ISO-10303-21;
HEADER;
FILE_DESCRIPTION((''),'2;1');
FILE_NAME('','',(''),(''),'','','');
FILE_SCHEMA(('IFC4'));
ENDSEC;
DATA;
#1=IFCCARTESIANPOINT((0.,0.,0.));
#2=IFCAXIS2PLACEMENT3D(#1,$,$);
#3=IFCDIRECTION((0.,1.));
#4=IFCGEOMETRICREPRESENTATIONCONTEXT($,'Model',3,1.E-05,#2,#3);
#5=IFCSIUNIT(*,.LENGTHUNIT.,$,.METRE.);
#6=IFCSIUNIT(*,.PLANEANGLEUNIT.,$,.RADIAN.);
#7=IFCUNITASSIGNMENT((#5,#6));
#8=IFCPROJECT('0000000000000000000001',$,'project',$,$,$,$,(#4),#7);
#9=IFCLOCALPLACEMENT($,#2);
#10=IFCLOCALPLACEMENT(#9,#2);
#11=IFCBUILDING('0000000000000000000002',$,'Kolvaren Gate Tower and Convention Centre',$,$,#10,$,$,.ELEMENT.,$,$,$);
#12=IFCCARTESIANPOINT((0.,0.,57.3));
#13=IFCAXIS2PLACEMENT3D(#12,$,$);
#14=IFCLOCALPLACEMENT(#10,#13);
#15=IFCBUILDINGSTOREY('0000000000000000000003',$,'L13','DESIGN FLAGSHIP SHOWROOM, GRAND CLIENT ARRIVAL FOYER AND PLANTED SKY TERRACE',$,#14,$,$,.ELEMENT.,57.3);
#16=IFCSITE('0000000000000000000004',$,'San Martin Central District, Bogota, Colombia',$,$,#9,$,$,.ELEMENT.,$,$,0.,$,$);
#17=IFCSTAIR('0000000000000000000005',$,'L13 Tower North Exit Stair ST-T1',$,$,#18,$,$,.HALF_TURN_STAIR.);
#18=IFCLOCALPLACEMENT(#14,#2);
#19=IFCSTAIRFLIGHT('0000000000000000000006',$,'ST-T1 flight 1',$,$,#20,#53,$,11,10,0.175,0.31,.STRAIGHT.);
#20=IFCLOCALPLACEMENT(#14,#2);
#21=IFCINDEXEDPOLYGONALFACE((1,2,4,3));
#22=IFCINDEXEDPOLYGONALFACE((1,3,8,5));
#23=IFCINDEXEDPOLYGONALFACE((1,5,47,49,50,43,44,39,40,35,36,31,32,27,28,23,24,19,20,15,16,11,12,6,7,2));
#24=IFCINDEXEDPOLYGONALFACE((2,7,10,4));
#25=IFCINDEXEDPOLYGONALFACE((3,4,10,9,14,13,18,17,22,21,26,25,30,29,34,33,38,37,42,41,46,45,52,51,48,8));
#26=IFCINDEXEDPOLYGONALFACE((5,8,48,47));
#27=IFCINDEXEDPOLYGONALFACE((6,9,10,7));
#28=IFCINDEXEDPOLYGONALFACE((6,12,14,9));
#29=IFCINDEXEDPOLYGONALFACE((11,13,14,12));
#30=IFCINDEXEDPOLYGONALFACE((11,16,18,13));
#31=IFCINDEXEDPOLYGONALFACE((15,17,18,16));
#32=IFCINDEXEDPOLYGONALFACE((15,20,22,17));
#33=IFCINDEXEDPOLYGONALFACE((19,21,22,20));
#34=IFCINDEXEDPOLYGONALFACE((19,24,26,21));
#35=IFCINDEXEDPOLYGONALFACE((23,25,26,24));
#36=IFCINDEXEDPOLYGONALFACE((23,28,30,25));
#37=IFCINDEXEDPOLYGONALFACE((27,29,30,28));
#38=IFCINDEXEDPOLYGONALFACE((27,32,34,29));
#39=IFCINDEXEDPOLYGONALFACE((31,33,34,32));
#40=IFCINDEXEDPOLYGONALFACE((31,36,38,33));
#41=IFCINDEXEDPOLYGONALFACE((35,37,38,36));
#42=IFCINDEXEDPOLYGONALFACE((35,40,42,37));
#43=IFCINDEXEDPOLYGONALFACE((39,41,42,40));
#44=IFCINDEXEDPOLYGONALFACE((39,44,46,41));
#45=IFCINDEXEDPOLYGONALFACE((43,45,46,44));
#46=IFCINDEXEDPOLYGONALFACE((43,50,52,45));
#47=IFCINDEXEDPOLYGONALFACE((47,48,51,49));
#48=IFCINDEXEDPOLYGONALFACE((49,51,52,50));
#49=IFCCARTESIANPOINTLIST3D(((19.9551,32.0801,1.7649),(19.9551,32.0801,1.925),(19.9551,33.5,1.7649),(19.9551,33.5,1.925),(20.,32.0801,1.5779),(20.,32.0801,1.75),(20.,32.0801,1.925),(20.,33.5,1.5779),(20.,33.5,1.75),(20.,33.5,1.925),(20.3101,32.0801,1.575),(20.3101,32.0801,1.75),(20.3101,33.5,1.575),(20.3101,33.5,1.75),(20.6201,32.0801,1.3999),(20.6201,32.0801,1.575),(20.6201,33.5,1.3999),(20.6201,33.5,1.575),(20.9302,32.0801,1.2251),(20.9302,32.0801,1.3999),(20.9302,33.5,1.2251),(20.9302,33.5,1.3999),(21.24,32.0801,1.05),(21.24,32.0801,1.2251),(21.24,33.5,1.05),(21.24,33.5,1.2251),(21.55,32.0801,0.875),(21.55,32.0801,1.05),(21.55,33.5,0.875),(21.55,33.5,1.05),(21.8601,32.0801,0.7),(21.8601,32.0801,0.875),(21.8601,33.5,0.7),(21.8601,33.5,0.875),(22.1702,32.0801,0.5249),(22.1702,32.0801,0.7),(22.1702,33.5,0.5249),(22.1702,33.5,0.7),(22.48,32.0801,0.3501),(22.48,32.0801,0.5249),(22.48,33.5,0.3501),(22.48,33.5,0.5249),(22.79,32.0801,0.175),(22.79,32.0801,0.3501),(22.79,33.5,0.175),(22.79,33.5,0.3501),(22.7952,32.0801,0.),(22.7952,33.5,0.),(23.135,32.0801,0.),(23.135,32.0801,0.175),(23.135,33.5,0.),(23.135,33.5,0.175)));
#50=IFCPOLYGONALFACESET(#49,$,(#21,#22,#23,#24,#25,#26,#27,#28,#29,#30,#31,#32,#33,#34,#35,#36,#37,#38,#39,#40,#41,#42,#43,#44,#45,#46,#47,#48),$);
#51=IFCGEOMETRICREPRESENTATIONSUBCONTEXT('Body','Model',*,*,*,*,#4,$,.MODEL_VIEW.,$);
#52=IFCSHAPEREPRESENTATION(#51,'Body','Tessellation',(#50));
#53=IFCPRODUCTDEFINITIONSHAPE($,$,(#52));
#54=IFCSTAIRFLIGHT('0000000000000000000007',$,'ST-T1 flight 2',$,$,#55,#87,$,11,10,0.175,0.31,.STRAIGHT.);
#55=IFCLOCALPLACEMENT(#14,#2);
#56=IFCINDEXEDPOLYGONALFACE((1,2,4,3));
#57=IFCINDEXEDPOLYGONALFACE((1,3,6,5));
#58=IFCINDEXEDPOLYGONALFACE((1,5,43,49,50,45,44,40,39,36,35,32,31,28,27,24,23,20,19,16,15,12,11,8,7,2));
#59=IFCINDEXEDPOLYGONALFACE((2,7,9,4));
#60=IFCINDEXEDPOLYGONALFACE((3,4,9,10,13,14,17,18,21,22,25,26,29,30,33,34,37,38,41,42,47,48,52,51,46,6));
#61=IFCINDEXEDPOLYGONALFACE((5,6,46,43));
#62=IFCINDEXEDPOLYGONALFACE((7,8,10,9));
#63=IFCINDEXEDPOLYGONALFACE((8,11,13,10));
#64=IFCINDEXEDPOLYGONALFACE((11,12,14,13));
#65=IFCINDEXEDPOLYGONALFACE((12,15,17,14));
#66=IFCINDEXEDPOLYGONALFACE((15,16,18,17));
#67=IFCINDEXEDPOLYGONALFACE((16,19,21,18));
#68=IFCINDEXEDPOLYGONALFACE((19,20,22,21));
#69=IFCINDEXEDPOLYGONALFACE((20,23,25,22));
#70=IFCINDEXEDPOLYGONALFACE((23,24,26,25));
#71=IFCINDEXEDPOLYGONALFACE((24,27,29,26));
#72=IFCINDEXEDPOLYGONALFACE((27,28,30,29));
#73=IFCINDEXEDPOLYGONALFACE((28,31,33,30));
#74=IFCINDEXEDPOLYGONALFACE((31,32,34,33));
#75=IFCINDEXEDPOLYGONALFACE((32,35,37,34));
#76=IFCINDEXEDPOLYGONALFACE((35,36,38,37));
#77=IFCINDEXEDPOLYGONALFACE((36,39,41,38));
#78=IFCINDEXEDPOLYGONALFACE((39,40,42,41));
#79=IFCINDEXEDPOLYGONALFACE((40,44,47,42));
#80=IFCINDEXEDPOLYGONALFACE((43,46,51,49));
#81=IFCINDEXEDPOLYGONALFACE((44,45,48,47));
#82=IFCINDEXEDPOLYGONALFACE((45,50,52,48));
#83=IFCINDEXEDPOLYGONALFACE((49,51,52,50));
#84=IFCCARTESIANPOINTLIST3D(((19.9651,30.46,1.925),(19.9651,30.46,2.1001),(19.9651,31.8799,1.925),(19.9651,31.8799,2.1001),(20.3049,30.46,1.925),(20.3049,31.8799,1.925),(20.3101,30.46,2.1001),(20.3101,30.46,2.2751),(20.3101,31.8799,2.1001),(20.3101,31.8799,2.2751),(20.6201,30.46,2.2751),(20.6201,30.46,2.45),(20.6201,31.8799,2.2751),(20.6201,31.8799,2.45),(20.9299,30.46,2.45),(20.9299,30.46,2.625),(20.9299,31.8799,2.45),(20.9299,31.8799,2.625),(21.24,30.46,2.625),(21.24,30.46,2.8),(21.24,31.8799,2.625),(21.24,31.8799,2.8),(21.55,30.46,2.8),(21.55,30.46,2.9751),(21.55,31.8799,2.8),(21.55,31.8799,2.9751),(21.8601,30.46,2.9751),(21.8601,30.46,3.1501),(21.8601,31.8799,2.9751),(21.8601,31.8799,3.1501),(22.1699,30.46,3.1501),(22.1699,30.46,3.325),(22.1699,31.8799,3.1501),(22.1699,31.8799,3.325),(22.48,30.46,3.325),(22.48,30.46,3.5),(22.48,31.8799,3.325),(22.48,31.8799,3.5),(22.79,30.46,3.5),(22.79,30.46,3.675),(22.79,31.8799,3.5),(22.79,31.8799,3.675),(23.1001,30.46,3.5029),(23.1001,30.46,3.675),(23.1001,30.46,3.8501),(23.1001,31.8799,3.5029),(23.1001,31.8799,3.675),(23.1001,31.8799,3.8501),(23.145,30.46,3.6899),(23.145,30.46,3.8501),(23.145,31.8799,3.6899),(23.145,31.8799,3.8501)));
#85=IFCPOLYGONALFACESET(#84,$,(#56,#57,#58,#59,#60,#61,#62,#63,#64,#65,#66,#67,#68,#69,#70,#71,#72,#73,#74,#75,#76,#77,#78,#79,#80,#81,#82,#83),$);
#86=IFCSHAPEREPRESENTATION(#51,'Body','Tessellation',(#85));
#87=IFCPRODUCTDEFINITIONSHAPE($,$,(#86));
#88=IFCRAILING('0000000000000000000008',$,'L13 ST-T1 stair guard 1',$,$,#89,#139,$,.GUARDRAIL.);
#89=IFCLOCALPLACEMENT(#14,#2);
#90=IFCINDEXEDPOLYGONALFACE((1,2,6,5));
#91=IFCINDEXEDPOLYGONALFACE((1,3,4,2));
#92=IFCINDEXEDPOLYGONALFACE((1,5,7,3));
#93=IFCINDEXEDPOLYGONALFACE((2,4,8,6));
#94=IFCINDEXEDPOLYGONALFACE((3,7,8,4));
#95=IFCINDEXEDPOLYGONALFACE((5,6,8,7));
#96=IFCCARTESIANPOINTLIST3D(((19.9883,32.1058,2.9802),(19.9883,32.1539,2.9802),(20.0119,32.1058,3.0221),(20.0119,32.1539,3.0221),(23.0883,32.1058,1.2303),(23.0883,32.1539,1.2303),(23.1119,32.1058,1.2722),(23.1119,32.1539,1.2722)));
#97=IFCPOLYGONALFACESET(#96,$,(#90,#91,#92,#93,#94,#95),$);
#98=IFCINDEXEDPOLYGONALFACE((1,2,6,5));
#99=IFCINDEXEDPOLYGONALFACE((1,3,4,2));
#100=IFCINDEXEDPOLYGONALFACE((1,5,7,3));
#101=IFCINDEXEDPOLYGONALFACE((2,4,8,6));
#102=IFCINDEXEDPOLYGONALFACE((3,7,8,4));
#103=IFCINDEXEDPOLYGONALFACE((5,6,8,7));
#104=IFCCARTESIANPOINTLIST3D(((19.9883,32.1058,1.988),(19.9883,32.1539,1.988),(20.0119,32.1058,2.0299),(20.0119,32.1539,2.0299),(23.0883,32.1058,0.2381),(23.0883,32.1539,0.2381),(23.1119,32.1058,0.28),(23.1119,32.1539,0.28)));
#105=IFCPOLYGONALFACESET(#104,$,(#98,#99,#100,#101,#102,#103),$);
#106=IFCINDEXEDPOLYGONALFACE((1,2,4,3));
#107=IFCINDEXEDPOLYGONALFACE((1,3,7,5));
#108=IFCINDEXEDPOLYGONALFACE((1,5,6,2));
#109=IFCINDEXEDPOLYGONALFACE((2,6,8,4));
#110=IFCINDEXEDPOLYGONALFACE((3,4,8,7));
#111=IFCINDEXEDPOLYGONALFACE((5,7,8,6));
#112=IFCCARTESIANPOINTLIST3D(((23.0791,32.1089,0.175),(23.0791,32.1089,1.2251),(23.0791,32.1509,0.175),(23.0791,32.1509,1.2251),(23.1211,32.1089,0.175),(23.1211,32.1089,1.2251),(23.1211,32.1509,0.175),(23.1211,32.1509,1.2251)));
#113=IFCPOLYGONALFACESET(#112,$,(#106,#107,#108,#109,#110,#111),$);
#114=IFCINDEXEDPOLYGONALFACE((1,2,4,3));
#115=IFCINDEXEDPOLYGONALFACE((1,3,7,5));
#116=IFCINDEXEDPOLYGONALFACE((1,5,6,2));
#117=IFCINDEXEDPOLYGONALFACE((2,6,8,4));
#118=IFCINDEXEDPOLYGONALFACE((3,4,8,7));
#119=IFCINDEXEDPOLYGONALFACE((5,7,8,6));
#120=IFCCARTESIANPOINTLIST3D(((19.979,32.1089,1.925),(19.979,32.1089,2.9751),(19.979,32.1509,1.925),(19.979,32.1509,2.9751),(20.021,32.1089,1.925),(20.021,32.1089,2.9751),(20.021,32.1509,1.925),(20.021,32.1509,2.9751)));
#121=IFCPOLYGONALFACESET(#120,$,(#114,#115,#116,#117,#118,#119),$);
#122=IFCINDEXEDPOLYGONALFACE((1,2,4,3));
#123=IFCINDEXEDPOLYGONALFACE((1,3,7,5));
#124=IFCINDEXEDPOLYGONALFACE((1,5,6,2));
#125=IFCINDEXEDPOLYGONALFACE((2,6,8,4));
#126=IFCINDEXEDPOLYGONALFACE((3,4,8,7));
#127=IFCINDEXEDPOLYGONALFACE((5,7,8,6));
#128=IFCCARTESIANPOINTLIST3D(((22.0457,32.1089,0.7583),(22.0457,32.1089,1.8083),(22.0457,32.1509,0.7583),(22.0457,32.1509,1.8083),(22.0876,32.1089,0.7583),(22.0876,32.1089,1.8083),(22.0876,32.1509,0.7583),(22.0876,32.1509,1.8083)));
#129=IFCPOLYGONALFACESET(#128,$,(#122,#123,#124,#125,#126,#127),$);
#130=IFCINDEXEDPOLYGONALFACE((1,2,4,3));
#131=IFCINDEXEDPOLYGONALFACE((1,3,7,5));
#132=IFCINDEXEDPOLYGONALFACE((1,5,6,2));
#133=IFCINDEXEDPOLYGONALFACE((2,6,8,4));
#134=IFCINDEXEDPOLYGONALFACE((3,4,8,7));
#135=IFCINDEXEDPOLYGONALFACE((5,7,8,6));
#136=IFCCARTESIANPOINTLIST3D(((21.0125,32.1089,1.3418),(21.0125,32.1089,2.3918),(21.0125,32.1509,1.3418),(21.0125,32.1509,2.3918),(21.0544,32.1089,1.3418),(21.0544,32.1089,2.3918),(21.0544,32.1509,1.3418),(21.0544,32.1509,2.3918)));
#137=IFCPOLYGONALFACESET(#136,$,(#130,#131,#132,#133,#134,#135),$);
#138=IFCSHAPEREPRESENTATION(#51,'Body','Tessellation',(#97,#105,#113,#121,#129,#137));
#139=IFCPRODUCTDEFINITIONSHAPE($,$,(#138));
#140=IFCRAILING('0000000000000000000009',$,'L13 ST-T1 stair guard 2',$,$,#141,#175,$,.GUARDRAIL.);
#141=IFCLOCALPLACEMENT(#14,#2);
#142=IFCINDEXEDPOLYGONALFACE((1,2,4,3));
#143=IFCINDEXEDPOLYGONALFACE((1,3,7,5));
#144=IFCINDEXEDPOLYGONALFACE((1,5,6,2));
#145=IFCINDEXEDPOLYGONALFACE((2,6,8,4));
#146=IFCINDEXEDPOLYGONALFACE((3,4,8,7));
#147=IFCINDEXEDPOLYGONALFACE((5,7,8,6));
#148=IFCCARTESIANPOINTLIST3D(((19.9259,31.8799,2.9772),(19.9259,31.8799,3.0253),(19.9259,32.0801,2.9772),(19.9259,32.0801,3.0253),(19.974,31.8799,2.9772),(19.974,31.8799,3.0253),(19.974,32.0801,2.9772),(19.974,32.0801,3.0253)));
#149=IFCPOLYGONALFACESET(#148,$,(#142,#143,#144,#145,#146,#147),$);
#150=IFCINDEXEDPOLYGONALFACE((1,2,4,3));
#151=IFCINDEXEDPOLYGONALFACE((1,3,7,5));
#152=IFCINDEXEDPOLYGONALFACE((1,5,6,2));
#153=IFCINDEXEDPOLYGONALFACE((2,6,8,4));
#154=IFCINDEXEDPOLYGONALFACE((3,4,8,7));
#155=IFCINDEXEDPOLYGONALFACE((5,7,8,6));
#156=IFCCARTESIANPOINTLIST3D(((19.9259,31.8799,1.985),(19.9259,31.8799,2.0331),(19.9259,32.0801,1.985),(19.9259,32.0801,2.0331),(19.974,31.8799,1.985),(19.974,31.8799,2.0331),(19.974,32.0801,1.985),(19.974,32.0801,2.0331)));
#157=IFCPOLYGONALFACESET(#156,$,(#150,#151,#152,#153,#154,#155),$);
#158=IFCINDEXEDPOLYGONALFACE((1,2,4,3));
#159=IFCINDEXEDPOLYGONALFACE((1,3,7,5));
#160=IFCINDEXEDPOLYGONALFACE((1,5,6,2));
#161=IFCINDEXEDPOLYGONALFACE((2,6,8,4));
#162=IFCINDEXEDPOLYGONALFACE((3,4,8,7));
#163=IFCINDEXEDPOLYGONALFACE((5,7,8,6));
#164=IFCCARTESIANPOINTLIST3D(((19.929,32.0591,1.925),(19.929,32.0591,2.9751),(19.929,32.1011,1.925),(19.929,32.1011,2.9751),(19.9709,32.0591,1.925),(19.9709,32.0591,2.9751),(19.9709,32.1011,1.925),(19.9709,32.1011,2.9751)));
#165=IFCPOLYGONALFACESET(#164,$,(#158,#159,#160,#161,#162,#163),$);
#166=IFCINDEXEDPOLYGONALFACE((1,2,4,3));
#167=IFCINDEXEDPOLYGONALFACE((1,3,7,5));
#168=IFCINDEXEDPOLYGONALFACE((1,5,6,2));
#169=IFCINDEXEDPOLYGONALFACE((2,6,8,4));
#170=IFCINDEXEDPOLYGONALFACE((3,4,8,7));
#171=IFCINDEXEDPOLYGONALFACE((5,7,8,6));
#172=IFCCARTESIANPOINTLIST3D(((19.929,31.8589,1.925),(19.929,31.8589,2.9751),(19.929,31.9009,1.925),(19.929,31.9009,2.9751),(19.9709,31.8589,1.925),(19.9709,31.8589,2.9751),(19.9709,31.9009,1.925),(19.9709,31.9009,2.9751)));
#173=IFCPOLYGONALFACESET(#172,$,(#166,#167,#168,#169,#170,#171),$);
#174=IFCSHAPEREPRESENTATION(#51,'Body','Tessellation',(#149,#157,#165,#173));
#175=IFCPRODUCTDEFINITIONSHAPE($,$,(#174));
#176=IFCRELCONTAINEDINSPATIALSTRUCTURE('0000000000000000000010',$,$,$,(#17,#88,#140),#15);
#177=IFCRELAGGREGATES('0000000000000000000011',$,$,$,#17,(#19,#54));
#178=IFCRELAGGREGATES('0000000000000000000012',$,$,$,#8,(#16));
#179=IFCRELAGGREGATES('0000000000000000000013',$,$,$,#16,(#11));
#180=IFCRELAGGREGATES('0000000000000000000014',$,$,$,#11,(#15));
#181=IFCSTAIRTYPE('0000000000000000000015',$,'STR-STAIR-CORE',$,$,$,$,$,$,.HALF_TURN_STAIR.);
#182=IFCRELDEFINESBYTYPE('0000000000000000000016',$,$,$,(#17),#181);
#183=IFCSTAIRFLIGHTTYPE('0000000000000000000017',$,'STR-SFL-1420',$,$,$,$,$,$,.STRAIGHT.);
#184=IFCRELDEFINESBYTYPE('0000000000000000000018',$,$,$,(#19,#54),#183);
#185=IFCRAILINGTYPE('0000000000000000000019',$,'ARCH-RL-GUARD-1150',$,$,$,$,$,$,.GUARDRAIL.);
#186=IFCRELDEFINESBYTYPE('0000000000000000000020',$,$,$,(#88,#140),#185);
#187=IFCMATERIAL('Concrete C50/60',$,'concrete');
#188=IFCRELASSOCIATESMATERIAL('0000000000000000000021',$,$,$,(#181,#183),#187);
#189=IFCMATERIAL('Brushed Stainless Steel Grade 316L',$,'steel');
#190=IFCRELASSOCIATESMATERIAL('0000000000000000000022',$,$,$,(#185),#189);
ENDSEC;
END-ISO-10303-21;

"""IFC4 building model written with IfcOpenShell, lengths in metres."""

from ifc_helpers import new_model, si_unit, direction, frame, origin, origin_2d, place, context, subcontext, project, spatial, polyline, rectangle, outline, extrude, material, type_object, element, aggregate, save


model = new_model("IFC4")

# Units and contexts
model_context = context("Model", 3, precision=1e-05, world=origin(), true_north=direction((0.0, 1.0)))
body_context = subcontext(model_context, "Body", "Model", "MODEL_VIEW")
ifc_project = project(units=[si_unit("LENGTHUNIT", "METRE"), si_unit("PLANEANGLEUNIT", "RADIAN")], contexts=[model_context])

# Site, building, storey
site_placement = place(None, origin())
site = spatial("IfcSite", under=ifc_project, at=site_placement, Name="San Martin Central District, Bogota, Colombia", CompositionType="ELEMENT", RefElevation=0.0)
building_placement = place(site_placement, origin())
building = spatial("IfcBuilding", under=site, at=building_placement, Name="Kolvaren Gate Tower and Convention Centre", CompositionType="ELEMENT")
storey_placement = place(building_placement, frame((0.0, 0.0, 57.3)))
storey = spatial("IfcBuildingStorey", under=building, at=storey_placement, Name="L13", Description="DESIGN FLAGSHIP SHOWROOM, GRAND CLIENT ARRIVAL FOYER AND PLANTED SKY TERRACE", CompositionType="ELEMENT", Elevation=57.3)

# Shared definitions
ifc_material_1 = material(Name="Brushed Stainless Steel Grade 316L", Category="steel")

# Shared definitions
ifc_material_2 = material(Name="Concrete C50/60", Category="concrete")

# Stair, stair flights
stair_type = type_object("IfcStairType", Name="STR-STAIR-CORE", PredefinedType="HALF_TURN_STAIR", material=ifc_material_2)
stair_placement = place(storey_placement, origin())
stair = element("IfcStair", 1, at=stair_placement, inside=storey, type_object=stair_type, Name="L13 Tower North Exit Stair ST-T1", PredefinedType="HALF_TURN_STAIR")
stair_flight_type = type_object("IfcStairFlightType", Name="STR-SFL-1420", PredefinedType="STRAIGHT", material=ifc_material_2)
stair_flight_1_placement = place(storey_placement, frame((23.1001, 32.79, 0.0), z_axis=(0.0, 0.0, 1.0), x_axis=(-1.0, 0.0, 0.0)))
stair_flight_1 = element("IfcStairFlight", 2, at=stair_flight_1_placement, type_object=stair_flight_type, Name="ST-T1 flight 1", NumberOfRisers=11, NumberOfTreads=10, PredefinedType="STRAIGHT", RiserHeight=0.175, TreadLength=0.31, context=body_context, shape_type="SweptSolid", body=[
    extrude(outline(polyline([(-0.0349, 0.0), (-0.0349, 0.175), (0.3101, 0.175), (0.3101, 0.3501), (0.6201, 0.3501), (0.6201, 0.5249), (0.9299, 0.5249), (0.9299, 0.7), (1.24, 0.7), (1.24, 0.875), (1.55, 0.875), (1.55, 1.05), (1.8601, 1.05), (1.8601, 1.2251), (2.1699, 1.2251), (2.1699, 1.3999), (2.48, 1.3999), (2.48, 1.575), (2.79, 1.575), (2.79, 1.75), (3.1001, 1.75), (3.1001, 1.925), (3.145, 1.925), (3.145, 1.7649), (3.1001, 1.5779), (0.3049, 0.0), (-0.0349, 0.0)])), frame((0.0, 0.71, 0.0), z_axis=(0.0, -1.0, 0.0), x_axis=(1.0, 0.0, 0.0)), (0.0, 0.0, 1.0), 1.4199),
])
stair_flight_2_placement = place(storey_placement, frame((20.0, 31.1699, 1.925), z_axis=(0.0, 0.0, 1.0), x_axis=(1.0, 0.0, 0.0)))
stair_flight_2 = element("IfcStairFlight", 3, at=stair_flight_2_placement, type_object=stair_flight_type, Name="ST-T1 flight 2", NumberOfRisers=11, NumberOfTreads=10, PredefinedType="STRAIGHT", RiserHeight=0.175, TreadLength=0.31, context=body_context, shape_type="SweptSolid", body=[
    extrude(outline(polyline([(-0.0349, 0.0), (-0.0349, 0.175), (0.3101, 0.175), (0.3101, 0.3501), (0.6201, 0.3501), (0.6201, 0.5249), (0.9299, 0.5249), (0.9299, 0.7), (1.24, 0.7), (1.24, 0.875), (1.55, 0.875), (1.55, 1.05), (1.8601, 1.05), (1.8601, 1.2251), (2.1699, 1.2251), (2.1699, 1.3999), (2.48, 1.3999), (2.48, 1.575), (2.79, 1.575), (2.79, 1.75), (3.1001, 1.75), (3.1001, 1.925), (3.145, 1.925), (3.145, 1.7649), (3.1001, 1.5779), (0.3049, 0.0), (-0.0349, 0.0)])), frame((0.0, 0.71, 0.0), z_axis=(0.0, -1.0, 0.0), x_axis=(1.0, 0.0, 0.0)), (0.0, 0.0, 1.0), 1.4199),
])
aggregate(stair, [stair_flight_1, stair_flight_2])

# Railings
railing_type_1 = type_object("IfcRailingType", Name="ARCH-RL-GUARD-1150", PredefinedType="GUARDRAIL", material=ifc_material_1)
railing_1_placement = place(storey_placement, frame((23.1001, 32.1299, 0.175)))
element("IfcRailing", 4, at=railing_1_placement, inside=storey, type_object=railing_type_1, Name="L13 ST-T1 stair guard 1", PredefinedType="GUARDRAIL", context=body_context, shape_type="SweptSolid", body=[
    extrude(rectangle(XDim=0.0481, YDim=0.0481, at=origin_2d()), frame((0.0, 0.0, 1.0762), z_axis=(-0.870831, 0.0, 0.491583), x_axis=(0.0, -1.0, 0.0)), (0.0, 0.0, 1.0), 3.5598),
    extrude(rectangle(XDim=0.0481, YDim=0.0481, at=origin_2d()), frame((0.0, 0.0, 0.084), z_axis=(-0.870831, 0.0, 0.491583), x_axis=(0.0, -1.0, 0.0)), (0.0, 0.0, 1.0), 3.5598),
    extrude(rectangle(XDim=0.042, YDim=0.042, at=origin_2d()), origin(), (0.0, 0.0, 1.0), 1.05),
    extrude(rectangle(XDim=0.042, YDim=0.042, at=origin_2d()), frame((-3.1001, 0.0, 1.75)), (0.0, 0.0, 1.0), 1.05),
    extrude(rectangle(XDim=0.042, YDim=0.042, at=origin_2d()), frame((-1.0334, 0.0, 0.5833)), (0.0, 0.0, 1.0), 1.05),
    extrude(rectangle(XDim=0.042, YDim=0.042, at=origin_2d()), frame((-2.0667, 0.0, 1.1667)), (0.0, 0.0, 1.0), 1.05),
])
railing_2_placement = place(storey_placement, frame((19.95, 32.0801, 1.925)))
element("IfcRailing", 5, at=railing_2_placement, inside=storey, type_object=railing_type_1, Name="L13 ST-T1 stair guard 2", PredefinedType="GUARDRAIL", context=body_context, shape_type="SweptSolid", body=[
    extrude(rectangle(XDim=0.0481, YDim=0.0481, at=origin_2d()), frame((0.0, 0.0, 1.0762), z_axis=(0.0, -1.0, 0.0), x_axis=(1.0, 0.0, 0.0)), (0.0, 0.0, 1.0), 0.2002),
    extrude(rectangle(XDim=0.0481, YDim=0.0481, at=origin_2d()), frame((0.0, 0.0, 0.084), z_axis=(0.0, -1.0, 0.0), x_axis=(1.0, 0.0, 0.0)), (0.0, 0.0, 1.0), 0.2002),
    extrude(rectangle(XDim=0.042, YDim=0.042, at=origin_2d()), origin(), (0.0, 0.0, 1.0), 1.05),
    extrude(rectangle(XDim=0.042, YDim=0.042, at=origin_2d()), frame((0.0, -0.2002, 0.0)), (0.0, 0.0, 1.0), 1.05),
])

save(model, "model.ifc")
